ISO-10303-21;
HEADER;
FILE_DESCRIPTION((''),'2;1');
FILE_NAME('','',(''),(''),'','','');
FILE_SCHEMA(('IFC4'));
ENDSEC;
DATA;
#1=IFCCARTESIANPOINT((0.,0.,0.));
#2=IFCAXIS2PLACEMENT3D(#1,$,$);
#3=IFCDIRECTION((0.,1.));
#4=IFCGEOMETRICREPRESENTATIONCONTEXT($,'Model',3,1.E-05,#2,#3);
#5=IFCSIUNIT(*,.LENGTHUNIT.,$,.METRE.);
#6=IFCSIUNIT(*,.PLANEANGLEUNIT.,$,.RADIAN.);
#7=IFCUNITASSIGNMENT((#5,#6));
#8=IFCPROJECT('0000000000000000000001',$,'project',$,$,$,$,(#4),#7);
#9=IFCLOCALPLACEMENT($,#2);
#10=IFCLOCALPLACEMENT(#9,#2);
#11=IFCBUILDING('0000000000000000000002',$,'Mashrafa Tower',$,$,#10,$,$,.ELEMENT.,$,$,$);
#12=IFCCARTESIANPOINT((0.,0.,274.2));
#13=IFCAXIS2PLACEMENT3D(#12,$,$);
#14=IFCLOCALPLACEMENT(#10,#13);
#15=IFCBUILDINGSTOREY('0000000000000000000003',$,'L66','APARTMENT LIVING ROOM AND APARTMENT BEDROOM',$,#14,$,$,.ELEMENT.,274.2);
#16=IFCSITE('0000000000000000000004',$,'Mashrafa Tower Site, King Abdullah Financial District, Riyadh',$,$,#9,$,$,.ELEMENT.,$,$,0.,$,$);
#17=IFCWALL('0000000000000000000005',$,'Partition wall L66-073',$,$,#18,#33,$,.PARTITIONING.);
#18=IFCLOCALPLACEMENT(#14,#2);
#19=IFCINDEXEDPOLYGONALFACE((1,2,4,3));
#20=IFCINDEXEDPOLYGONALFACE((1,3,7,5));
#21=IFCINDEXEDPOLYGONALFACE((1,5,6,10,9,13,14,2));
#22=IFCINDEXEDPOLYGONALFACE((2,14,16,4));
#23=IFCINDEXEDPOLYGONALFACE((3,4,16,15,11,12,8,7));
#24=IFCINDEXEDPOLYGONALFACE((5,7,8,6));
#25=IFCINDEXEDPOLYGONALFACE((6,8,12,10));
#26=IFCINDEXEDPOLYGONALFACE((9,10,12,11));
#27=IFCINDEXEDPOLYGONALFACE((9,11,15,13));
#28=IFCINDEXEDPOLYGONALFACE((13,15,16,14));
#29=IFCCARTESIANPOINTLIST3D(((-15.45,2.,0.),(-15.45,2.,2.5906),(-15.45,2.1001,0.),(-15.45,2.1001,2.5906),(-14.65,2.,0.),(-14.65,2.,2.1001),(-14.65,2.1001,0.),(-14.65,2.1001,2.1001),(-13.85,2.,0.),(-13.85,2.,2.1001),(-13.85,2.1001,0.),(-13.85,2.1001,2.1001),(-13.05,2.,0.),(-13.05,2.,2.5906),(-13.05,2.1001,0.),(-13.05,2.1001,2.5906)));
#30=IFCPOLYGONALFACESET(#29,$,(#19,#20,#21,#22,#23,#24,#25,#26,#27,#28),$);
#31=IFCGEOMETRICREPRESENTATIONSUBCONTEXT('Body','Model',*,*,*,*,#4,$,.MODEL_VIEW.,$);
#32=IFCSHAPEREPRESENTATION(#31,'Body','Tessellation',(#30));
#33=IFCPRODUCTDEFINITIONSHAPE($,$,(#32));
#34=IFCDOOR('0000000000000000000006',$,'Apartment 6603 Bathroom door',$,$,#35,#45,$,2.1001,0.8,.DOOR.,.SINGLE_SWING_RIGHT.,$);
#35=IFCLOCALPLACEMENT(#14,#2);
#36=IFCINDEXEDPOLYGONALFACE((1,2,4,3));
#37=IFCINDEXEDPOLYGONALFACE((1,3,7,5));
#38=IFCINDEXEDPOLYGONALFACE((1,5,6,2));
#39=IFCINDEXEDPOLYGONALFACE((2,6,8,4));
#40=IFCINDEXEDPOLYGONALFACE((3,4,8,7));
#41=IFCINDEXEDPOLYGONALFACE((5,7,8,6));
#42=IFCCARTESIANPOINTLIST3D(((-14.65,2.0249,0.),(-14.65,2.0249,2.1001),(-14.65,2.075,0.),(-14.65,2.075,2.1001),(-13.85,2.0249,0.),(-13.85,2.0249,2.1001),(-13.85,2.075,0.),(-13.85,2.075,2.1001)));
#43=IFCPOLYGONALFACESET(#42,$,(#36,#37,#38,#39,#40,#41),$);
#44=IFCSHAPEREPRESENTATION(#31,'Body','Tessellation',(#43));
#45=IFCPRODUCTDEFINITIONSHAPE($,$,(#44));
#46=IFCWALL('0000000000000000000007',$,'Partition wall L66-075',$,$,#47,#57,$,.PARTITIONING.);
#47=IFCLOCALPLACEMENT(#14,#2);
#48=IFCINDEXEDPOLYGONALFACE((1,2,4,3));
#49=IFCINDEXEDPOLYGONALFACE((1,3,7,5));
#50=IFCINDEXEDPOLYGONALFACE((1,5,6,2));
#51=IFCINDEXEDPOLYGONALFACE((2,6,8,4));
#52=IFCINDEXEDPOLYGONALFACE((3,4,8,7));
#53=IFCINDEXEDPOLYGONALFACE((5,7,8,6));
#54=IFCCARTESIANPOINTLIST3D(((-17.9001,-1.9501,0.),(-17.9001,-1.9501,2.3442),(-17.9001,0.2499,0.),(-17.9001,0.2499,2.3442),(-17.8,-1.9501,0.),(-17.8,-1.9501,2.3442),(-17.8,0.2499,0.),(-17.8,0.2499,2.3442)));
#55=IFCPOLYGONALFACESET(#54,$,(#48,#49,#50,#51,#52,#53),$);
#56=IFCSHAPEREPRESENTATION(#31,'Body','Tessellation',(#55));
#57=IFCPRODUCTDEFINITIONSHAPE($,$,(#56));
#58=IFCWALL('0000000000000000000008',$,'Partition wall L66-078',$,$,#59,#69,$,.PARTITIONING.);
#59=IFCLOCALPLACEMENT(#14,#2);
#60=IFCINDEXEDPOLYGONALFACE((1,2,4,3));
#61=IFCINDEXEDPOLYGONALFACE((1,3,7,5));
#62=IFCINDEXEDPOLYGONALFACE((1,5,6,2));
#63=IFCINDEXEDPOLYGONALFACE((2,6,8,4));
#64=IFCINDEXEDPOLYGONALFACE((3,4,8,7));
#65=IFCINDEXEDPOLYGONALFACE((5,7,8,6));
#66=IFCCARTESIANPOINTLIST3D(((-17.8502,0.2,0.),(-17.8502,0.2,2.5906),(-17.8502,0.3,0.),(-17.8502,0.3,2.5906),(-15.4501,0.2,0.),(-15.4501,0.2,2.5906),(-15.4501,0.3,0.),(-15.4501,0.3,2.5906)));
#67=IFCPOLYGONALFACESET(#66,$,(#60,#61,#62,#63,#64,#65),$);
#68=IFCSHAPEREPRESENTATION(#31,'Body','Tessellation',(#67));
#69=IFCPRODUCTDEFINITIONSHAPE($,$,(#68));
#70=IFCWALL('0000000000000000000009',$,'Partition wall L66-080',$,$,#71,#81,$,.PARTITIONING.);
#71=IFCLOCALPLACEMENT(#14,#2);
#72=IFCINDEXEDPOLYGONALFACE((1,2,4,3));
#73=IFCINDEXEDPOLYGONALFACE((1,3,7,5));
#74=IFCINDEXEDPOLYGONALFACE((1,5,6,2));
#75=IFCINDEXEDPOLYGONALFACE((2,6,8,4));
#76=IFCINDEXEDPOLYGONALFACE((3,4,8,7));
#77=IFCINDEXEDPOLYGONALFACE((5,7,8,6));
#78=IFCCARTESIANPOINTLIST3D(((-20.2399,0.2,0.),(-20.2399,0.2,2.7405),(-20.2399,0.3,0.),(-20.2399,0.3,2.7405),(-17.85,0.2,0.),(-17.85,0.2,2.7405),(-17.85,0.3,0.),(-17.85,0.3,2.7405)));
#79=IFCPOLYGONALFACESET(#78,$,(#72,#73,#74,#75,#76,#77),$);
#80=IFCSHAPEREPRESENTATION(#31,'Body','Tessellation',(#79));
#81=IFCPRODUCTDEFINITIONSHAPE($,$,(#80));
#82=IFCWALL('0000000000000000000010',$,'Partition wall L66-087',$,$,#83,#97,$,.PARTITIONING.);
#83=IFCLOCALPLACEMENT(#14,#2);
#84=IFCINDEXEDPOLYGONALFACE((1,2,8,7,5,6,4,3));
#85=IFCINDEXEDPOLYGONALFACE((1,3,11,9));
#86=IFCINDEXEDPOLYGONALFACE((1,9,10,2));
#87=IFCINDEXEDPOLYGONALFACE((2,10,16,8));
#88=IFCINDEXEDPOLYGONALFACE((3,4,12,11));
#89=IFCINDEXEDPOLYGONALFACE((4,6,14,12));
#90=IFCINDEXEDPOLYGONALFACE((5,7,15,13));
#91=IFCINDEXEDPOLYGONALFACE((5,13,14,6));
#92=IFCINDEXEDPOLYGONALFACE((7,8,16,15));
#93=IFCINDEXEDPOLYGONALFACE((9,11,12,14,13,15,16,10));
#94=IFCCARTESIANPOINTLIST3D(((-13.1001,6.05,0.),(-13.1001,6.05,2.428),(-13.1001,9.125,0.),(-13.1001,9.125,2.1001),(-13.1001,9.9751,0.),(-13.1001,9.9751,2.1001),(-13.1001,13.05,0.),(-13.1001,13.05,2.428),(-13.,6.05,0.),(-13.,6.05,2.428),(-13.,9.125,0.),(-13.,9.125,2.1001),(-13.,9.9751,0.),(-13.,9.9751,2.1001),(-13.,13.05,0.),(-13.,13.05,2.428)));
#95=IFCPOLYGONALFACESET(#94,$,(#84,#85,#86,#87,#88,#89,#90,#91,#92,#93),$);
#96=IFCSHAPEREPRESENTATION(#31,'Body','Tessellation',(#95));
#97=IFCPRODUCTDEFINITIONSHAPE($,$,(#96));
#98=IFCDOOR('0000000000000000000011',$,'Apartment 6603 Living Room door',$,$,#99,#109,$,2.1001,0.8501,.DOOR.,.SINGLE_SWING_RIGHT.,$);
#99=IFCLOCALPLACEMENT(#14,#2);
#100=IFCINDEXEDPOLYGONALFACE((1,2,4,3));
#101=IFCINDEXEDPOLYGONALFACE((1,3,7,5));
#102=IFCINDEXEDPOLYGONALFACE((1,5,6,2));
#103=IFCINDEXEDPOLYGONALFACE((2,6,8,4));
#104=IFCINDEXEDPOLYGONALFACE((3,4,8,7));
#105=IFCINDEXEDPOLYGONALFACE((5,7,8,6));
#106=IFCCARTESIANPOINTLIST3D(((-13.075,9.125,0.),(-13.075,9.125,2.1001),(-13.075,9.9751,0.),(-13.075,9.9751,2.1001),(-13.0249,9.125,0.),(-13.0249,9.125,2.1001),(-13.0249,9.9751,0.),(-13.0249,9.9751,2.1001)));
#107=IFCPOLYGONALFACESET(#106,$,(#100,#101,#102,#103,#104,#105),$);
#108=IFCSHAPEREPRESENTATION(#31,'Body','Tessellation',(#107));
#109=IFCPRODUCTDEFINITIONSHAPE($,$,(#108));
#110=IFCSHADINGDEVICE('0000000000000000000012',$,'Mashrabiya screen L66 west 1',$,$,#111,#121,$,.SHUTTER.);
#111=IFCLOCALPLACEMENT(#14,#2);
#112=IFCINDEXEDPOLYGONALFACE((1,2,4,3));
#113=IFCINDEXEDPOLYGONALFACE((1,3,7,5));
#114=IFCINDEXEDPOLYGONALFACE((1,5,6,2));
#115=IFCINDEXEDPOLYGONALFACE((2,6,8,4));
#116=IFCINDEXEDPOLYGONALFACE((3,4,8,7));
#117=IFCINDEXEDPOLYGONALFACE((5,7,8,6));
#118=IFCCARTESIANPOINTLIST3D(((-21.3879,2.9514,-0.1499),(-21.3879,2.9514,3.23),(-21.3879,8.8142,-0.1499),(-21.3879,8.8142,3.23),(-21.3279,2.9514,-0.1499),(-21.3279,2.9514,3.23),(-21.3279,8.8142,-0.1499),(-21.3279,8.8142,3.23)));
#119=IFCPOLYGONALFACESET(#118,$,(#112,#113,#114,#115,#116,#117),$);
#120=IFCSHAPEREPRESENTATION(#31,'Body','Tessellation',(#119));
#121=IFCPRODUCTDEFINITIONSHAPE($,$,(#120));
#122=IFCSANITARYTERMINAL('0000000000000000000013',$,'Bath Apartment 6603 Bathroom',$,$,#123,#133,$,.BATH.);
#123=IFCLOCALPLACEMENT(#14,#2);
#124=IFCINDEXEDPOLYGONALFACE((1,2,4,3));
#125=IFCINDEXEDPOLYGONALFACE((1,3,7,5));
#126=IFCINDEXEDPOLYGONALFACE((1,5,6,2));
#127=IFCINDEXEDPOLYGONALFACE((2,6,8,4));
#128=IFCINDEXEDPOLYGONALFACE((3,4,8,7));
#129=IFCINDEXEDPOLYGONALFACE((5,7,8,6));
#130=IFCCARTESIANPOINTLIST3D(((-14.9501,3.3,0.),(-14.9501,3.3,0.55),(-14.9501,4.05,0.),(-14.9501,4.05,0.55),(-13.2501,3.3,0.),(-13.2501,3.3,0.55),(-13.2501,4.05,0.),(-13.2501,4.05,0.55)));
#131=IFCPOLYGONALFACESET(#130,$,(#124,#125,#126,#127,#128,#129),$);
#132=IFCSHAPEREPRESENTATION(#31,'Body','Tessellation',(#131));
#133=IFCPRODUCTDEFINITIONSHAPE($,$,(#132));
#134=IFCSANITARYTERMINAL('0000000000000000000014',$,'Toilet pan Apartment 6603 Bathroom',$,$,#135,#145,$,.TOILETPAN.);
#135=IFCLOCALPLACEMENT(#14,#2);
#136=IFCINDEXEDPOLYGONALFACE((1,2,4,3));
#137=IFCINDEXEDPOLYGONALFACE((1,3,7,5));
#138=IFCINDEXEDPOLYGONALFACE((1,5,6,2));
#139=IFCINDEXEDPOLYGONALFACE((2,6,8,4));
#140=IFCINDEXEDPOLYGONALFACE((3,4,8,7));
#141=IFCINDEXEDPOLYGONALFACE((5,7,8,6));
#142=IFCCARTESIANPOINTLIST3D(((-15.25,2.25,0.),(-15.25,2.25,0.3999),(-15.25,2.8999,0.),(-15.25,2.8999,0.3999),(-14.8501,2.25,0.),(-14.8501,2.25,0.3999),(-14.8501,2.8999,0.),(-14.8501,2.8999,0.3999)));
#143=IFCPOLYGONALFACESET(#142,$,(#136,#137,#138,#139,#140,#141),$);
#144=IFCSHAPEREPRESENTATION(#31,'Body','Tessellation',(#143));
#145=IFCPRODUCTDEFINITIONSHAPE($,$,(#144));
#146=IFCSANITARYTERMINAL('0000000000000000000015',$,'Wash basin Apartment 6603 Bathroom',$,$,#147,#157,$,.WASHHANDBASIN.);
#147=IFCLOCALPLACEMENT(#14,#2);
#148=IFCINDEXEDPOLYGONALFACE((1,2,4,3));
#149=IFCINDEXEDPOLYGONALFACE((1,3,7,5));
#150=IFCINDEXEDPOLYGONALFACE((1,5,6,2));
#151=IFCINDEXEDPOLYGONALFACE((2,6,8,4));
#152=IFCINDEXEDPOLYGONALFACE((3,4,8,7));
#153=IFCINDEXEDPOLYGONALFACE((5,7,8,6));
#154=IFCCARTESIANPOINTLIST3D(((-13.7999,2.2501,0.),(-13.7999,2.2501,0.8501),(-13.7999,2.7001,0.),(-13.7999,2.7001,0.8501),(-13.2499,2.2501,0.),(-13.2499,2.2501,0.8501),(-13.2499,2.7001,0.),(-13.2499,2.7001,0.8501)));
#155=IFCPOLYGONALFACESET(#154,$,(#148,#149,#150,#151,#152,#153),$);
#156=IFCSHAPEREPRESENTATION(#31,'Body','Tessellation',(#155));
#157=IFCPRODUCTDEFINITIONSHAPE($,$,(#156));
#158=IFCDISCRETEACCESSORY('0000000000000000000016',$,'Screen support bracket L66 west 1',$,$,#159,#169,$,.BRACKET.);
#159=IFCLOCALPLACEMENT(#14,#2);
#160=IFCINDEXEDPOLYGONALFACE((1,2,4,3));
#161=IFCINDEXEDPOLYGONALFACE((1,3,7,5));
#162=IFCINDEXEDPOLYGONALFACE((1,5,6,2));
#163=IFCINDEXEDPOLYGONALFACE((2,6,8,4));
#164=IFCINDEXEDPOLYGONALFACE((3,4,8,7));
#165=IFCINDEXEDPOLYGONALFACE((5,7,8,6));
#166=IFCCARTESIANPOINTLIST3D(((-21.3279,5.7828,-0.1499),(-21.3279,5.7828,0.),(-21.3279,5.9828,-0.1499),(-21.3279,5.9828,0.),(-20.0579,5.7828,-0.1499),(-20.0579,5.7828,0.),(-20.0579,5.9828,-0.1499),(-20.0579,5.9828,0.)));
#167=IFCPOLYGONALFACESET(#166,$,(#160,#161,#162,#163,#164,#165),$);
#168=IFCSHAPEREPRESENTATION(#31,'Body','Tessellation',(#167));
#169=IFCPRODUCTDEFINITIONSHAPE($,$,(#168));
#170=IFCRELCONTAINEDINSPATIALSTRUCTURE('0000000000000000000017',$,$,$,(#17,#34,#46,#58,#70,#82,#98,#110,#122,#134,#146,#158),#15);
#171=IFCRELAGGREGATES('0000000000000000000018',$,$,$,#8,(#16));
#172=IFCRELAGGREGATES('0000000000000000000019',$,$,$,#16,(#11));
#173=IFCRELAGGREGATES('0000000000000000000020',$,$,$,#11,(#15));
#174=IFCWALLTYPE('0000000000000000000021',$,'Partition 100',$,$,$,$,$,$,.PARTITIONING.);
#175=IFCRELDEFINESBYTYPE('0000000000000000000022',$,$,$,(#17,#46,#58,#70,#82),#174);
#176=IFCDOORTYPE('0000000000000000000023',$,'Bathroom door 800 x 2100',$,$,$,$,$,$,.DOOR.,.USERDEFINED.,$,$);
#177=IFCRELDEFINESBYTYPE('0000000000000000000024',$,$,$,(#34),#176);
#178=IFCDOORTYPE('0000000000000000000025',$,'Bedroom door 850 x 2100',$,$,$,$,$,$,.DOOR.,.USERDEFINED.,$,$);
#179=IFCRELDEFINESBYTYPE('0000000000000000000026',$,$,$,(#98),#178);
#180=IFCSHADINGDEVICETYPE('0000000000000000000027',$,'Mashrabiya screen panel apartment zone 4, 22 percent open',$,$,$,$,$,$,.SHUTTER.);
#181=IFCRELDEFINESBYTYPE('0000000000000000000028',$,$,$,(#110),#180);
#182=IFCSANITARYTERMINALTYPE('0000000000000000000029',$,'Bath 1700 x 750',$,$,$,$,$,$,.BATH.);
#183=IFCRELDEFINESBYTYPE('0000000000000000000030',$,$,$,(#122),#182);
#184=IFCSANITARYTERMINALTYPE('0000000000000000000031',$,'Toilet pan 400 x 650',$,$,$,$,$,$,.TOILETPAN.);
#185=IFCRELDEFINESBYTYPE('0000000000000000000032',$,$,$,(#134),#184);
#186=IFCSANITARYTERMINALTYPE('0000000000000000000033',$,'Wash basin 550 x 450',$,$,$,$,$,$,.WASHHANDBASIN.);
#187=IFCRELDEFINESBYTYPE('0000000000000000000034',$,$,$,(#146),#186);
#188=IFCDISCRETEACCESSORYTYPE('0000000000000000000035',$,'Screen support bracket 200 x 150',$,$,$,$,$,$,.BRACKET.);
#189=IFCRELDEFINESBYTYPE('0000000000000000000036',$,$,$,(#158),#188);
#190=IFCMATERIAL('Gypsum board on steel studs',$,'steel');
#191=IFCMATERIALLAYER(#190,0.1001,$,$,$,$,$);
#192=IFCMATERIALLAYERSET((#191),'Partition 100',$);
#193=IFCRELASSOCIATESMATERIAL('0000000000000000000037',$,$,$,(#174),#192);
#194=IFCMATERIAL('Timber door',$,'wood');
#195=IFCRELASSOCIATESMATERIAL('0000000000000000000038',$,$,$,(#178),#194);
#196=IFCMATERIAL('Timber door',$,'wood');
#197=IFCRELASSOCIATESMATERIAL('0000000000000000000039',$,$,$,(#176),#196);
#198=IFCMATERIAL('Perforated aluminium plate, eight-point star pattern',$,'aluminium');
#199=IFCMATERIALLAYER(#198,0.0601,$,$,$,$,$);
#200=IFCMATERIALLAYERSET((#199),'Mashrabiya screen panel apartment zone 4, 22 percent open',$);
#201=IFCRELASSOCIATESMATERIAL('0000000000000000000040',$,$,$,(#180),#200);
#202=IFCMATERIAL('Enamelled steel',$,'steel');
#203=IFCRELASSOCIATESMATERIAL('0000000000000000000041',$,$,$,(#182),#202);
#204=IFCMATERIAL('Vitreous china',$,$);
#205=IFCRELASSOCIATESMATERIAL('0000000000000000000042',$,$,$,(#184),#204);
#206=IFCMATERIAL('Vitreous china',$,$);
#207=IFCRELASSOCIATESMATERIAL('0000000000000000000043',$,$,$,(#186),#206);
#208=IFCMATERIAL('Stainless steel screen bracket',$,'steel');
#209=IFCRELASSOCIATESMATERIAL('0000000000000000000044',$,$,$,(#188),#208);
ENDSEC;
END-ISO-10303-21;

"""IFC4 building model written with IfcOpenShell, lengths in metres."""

from ifc_helpers import new_model, si_unit, direction, frame, frame_2d, origin, origin_2d, place, context, subcontext, project, spatial, rectangle, extrude, source, transform, mapped, material, layer, layer_set, type_object, type_shapes, element, fill, save


model = new_model("IFC4")

# Units and contexts
model_context = context("Model", 3, precision=1e-05, world=origin(), true_north=direction((0.0, 1.0)))
body_context = subcontext(model_context, "Body", "Model", "MODEL_VIEW")
ifc_project = project(units=[si_unit("LENGTHUNIT", "METRE"), si_unit("PLANEANGLEUNIT", "RADIAN")], contexts=[model_context])

# Site, building, storey
site_placement = place(None, origin())
site = spatial("IfcSite", under=ifc_project, at=site_placement, Name="Mashrafa Tower Site, King Abdullah Financial District, Riyadh", CompositionType="ELEMENT", RefElevation=0.0)
building_placement = place(site_placement, origin())
building = spatial("IfcBuilding", under=site, at=building_placement, Name="Mashrafa Tower", CompositionType="ELEMENT")
storey_placement = place(building_placement, frame((0.0, 0.0, 274.2)))
storey = spatial("IfcBuildingStorey", under=building, at=storey_placement, Name="L66", Description="APARTMENT LIVING ROOM AND APARTMENT BEDROOM", CompositionType="ELEMENT", Elevation=274.2)

# Shared definitions
ifc_material_1 = material(Name="Gypsum board on steel studs", Category="steel")
ifc_layer_1 = layer(ifc_material_1, 0.1001)
ifc_layer_set_1 = layer_set([ifc_layer_1], Name="Partition 100")
wall_type_1 = type_object("IfcWallType", Name="Partition 100", PredefinedType="PARTITIONING", material=ifc_layer_set_1)

# Shared definitions
ifc_material_2 = material(Name="Timber door", Category="wood")
door_type_1 = type_object("IfcDoorType", Name="Bedroom door 850 x 2100", OperationType="USERDEFINED", PredefinedType="DOOR", material=ifc_material_2)

# Wall, opening, door
wall_1_placement = place(storey_placement, frame((-15.45, 2.05, 0.0), z_axis=(0.0, 0.0, 1.0), x_axis=(1.0, 0.0, 0.0)))
wall_1 = element("IfcWall", 1, at=wall_1_placement, inside=storey, type_object=wall_type_1, Name="Partition wall L66-073", PredefinedType="PARTITIONING", context=body_context, shape_type="SweptSolid", body=[
    extrude(rectangle(XDim=2.3999, YDim=0.1001, at=frame_2d((1.2, 0.0))), origin(), (0.0, 0.0, 1.0), 2.5906),
])
opening_1_placement = place(wall_1_placement, frame((0.8, 0.0, 0.0)))
opening_1 = element("IfcOpeningElement", 2, at=opening_1_placement, cuts=wall_1, PredefinedType="OPENING", context=body_context, shape_type="SweptSolid", body=[
    extrude(rectangle(XDim=0.8, YDim=2.1001, at=frame_2d((0.3999, 1.05))), frame((0.0, 0.0601, 0.0), z_axis=(0.0, -1.0, 0.0), x_axis=(1.0, 0.0, 0.0)), (0.0, 0.0, 1.0), 0.1201),
])
ifc_material_3 = material(Name="Timber door", Category="wood")
door_type_2 = type_object("IfcDoorType", Name="Bathroom door 800 x 2100", OperationType="USERDEFINED", PredefinedType="DOOR", material=ifc_material_3)
door_1_placement = place(opening_1_placement, origin())
door_1 = element("IfcDoor", 3, at=door_1_placement, inside=storey, type_object=door_type_2, Name="Apartment 6603 Bathroom door", OperationType="SINGLE_SWING_RIGHT", OverallHeight=2.1001, OverallWidth=0.8, PredefinedType="DOOR", context=body_context, shape_type="SweptSolid", body=[
    extrude(rectangle(XDim=0.8, YDim=2.1001, at=frame_2d((0.3999, 1.05))), frame((0.0, 0.0249, 0.0), z_axis=(0.0, -1.0, 0.0), x_axis=(1.0, 0.0, 0.0)), (0.0, 0.0, 1.0), 0.05),
])
fill(opening_1, door_1)

# Walls
wall_2_placement = place(storey_placement, frame((-17.8501, 0.25, 0.0), z_axis=(0.0, 0.0, 1.0), x_axis=(0.0, -1.0, 0.0)))
element("IfcWall", 4, at=wall_2_placement, inside=storey, type_object=wall_type_1, Name="Partition wall L66-075", PredefinedType="PARTITIONING", context=body_context, shape_type="SweptSolid", body=[
    extrude(rectangle(XDim=2.2, YDim=0.1001, at=frame_2d((1.1001, 0.0))), origin(), (0.0, 0.0, 1.0), 2.3442),
])
wall_3_placement = place(storey_placement, frame((-15.45, 0.25, 0.0), z_axis=(0.0, 0.0, 1.0), x_axis=(-1.0, 0.0, 0.0)))
element("IfcWall", 5, at=wall_3_placement, inside=storey, type_object=wall_type_1, Name="Partition wall L66-078", PredefinedType="PARTITIONING", context=body_context, shape_type="SweptSolid", body=[
    extrude(rectangle(XDim=2.4001, YDim=0.1001, at=frame_2d((1.2002, 0.0))), origin(), (0.0, 0.0, 1.0), 2.5906),
])
wall_4_placement = place(storey_placement, frame((-17.8501, 0.25, 0.0), z_axis=(0.0, 0.0, 1.0), x_axis=(-1.0, 0.0, 0.0)))
element("IfcWall", 6, at=wall_4_placement, inside=storey, type_object=wall_type_1, Name="Partition wall L66-080", PredefinedType="PARTITIONING", context=body_context, shape_type="SweptSolid", body=[
    extrude(rectangle(XDim=2.3899, YDim=0.1001, at=frame_2d((1.1948, 0.0))), origin(), (0.0, 0.0, 1.0), 2.7405),
])

# Wall, opening, door
wall_5_placement = place(storey_placement, frame((-13.05, 6.05, 0.0), z_axis=(0.0, 0.0, 1.0), x_axis=(0.0, 1.0, 0.0)))
wall_5 = element("IfcWall", 7, at=wall_5_placement, inside=storey, type_object=wall_type_1, Name="Partition wall L66-087", PredefinedType="PARTITIONING", context=body_context, shape_type="SweptSolid", body=[
    extrude(rectangle(XDim=7.0, YDim=0.1001, at=frame_2d((3.5, 0.0))), origin(), (0.0, 0.0, 1.0), 2.428),
])
opening_2_placement = place(wall_5_placement, frame((3.075, 0.0, 0.0)))
opening_2 = element("IfcOpeningElement", 8, at=opening_2_placement, cuts=wall_5, PredefinedType="OPENING", context=body_context, shape_type="SweptSolid", body=[
    extrude(rectangle(XDim=0.8501, YDim=2.1001, at=frame_2d((0.425, 1.05))), frame((0.0, 0.0601, 0.0), z_axis=(0.0, -1.0, 0.0), x_axis=(1.0, 0.0, 0.0)), (0.0, 0.0, 1.0), 0.1201),
])
door_2_placement = place(opening_2_placement, origin())
door_2 = element("IfcDoor", 9, at=door_2_placement, inside=storey, type_object=door_type_1, Name="Apartment 6603 Living Room door", OperationType="SINGLE_SWING_RIGHT", OverallHeight=2.1001, OverallWidth=0.8501, PredefinedType="DOOR", context=body_context, shape_type="SweptSolid", body=[
    extrude(rectangle(XDim=0.8501, YDim=2.1001, at=frame_2d((0.425, 1.05))), frame((0.0, 0.0249, 0.0), z_axis=(0.0, -1.0, 0.0), x_axis=(1.0, 0.0, 0.0)), (0.0, 0.0, 1.0), 0.05),
])
fill(opening_2, door_2)

# Shading device
ifc_material_4 = material(Name="Perforated aluminium plate, eight-point star pattern", Category="aluminium")
ifc_layer_2 = layer(ifc_material_4, 0.0601)
ifc_layer_set_2 = layer_set([ifc_layer_2], Name="Mashrabiya screen panel apartment zone 4, 22 percent open")
shading_device_type = type_object("IfcShadingDeviceType", Name="Mashrabiya screen panel apartment zone 4, 22 percent open", PredefinedType="SHUTTER", material=ifc_layer_set_2)
shared_shape_1 = source(origin(), body_context, "Body", "SweptSolid", [
    extrude(rectangle(XDim=5.8628, YDim=0.0601, at=origin_2d()), origin(), (0.0, 0.0, 1.0), 3.3799),
])
type_shapes(shading_device_type, [shared_shape_1])
shading_device_placement = place(storey_placement, frame((-21.3579, 5.8828, -0.1499), z_axis=(0.0, 0.0, 1.0), x_axis=(0.0, -1.0, 0.0)))
element("IfcShadingDevice", 10, at=shading_device_placement, inside=storey, type_object=shading_device_type, Name="Mashrabiya screen L66 west 1", PredefinedType="SHUTTER", context=body_context, shape_type="MappedRepresentation", body=[
    mapped(shared_shape_1, transform((0.0, 0.0, 0.0))),
])

# Sanitary terminals
ifc_material_5 = material(Name="Enamelled steel", Category="steel")
sanitary_terminal_type_1 = type_object("IfcSanitaryTerminalType", Name="Bath 1700 x 750", PredefinedType="BATH", material=ifc_material_5)
sanitary_terminal_1_placement = place(storey_placement, frame((-14.1001, 3.675, 0.0), z_axis=(0.0, 0.0, 1.0), x_axis=(-1.0, 0.0, 0.0)))
element("IfcSanitaryTerminal", 11, at=sanitary_terminal_1_placement, inside=storey, type_object=sanitary_terminal_type_1, Name="Bath Apartment 6603 Bathroom", PredefinedType="BATH", context=body_context, shape_type="SweptSolid", body=[
    extrude(rectangle(XDim=1.7, YDim=0.75, at=origin_2d()), origin(), (0.0, 0.0, 1.0), 0.55),
])
ifc_material_6 = material(Name="Vitreous china")
sanitary_terminal_type_2 = type_object("IfcSanitaryTerminalType", Name="Toilet pan 400 x 650", PredefinedType="TOILETPAN", material=ifc_material_6)
sanitary_terminal_2_placement = place(storey_placement, frame((-15.05, 2.575, 0.0), z_axis=(0.0, 0.0, 1.0), x_axis=(1.0, 0.0, 0.0)))
element("IfcSanitaryTerminal", 12, at=sanitary_terminal_2_placement, inside=storey, type_object=sanitary_terminal_type_2, Name="Toilet pan Apartment 6603 Bathroom", PredefinedType="TOILETPAN", context=body_context, shape_type="SweptSolid", body=[
    extrude(rectangle(XDim=0.3999, YDim=0.6499, at=origin_2d()), origin(), (0.0, 0.0, 1.0), 0.3999),
])
ifc_material_7 = material(Name="Vitreous china")
sanitary_terminal_type_3 = type_object("IfcSanitaryTerminalType", Name="Wash basin 550 x 450", PredefinedType="WASHHANDBASIN", material=ifc_material_7)
sanitary_terminal_3_placement = place(storey_placement, frame((-13.5249, 2.4751, 0.0), z_axis=(0.0, 0.0, 1.0), x_axis=(1.0, 0.0, 0.0)))
element("IfcSanitaryTerminal", 13, at=sanitary_terminal_3_placement, inside=storey, type_object=sanitary_terminal_type_3, Name="Wash basin Apartment 6603 Bathroom", PredefinedType="WASHHANDBASIN", context=body_context, shape_type="SweptSolid", body=[
    extrude(rectangle(XDim=0.55, YDim=0.45, at=origin_2d()), origin(), (0.0, 0.0, 1.0), 0.8501),
])

# Discrete accessory
ifc_material_8 = material(Name="Stainless steel screen bracket", Category="steel")
discrete_accessory_type = type_object("IfcDiscreteAccessoryType", Name="Screen support bracket 200 x 150", PredefinedType="BRACKET", material=ifc_material_8)
shared_shape_2 = source(origin(), body_context, "Body", "SweptSolid", [
    extrude(rectangle(XDim=0.2, YDim=1.27, at=origin_2d()), origin(), (0.0, 0.0, 1.0), 0.1499),
])
type_shapes(discrete_accessory_type, [shared_shape_2])
discrete_accessory_placement = place(storey_placement, frame((-20.6929, 5.8828, -0.1499), z_axis=(0.0, 0.0, 1.0), x_axis=(0.0, -1.0, 0.0)))
element("IfcDiscreteAccessory", 14, at=discrete_accessory_placement, inside=storey, type_object=discrete_accessory_type, Name="Screen support bracket L66 west 1", PredefinedType="BRACKET", context=body_context, shape_type="MappedRepresentation", body=[
    mapped(shared_shape_2, transform((0.0, 0.0, 0.0))),
])

save(model, "model.ifc")
